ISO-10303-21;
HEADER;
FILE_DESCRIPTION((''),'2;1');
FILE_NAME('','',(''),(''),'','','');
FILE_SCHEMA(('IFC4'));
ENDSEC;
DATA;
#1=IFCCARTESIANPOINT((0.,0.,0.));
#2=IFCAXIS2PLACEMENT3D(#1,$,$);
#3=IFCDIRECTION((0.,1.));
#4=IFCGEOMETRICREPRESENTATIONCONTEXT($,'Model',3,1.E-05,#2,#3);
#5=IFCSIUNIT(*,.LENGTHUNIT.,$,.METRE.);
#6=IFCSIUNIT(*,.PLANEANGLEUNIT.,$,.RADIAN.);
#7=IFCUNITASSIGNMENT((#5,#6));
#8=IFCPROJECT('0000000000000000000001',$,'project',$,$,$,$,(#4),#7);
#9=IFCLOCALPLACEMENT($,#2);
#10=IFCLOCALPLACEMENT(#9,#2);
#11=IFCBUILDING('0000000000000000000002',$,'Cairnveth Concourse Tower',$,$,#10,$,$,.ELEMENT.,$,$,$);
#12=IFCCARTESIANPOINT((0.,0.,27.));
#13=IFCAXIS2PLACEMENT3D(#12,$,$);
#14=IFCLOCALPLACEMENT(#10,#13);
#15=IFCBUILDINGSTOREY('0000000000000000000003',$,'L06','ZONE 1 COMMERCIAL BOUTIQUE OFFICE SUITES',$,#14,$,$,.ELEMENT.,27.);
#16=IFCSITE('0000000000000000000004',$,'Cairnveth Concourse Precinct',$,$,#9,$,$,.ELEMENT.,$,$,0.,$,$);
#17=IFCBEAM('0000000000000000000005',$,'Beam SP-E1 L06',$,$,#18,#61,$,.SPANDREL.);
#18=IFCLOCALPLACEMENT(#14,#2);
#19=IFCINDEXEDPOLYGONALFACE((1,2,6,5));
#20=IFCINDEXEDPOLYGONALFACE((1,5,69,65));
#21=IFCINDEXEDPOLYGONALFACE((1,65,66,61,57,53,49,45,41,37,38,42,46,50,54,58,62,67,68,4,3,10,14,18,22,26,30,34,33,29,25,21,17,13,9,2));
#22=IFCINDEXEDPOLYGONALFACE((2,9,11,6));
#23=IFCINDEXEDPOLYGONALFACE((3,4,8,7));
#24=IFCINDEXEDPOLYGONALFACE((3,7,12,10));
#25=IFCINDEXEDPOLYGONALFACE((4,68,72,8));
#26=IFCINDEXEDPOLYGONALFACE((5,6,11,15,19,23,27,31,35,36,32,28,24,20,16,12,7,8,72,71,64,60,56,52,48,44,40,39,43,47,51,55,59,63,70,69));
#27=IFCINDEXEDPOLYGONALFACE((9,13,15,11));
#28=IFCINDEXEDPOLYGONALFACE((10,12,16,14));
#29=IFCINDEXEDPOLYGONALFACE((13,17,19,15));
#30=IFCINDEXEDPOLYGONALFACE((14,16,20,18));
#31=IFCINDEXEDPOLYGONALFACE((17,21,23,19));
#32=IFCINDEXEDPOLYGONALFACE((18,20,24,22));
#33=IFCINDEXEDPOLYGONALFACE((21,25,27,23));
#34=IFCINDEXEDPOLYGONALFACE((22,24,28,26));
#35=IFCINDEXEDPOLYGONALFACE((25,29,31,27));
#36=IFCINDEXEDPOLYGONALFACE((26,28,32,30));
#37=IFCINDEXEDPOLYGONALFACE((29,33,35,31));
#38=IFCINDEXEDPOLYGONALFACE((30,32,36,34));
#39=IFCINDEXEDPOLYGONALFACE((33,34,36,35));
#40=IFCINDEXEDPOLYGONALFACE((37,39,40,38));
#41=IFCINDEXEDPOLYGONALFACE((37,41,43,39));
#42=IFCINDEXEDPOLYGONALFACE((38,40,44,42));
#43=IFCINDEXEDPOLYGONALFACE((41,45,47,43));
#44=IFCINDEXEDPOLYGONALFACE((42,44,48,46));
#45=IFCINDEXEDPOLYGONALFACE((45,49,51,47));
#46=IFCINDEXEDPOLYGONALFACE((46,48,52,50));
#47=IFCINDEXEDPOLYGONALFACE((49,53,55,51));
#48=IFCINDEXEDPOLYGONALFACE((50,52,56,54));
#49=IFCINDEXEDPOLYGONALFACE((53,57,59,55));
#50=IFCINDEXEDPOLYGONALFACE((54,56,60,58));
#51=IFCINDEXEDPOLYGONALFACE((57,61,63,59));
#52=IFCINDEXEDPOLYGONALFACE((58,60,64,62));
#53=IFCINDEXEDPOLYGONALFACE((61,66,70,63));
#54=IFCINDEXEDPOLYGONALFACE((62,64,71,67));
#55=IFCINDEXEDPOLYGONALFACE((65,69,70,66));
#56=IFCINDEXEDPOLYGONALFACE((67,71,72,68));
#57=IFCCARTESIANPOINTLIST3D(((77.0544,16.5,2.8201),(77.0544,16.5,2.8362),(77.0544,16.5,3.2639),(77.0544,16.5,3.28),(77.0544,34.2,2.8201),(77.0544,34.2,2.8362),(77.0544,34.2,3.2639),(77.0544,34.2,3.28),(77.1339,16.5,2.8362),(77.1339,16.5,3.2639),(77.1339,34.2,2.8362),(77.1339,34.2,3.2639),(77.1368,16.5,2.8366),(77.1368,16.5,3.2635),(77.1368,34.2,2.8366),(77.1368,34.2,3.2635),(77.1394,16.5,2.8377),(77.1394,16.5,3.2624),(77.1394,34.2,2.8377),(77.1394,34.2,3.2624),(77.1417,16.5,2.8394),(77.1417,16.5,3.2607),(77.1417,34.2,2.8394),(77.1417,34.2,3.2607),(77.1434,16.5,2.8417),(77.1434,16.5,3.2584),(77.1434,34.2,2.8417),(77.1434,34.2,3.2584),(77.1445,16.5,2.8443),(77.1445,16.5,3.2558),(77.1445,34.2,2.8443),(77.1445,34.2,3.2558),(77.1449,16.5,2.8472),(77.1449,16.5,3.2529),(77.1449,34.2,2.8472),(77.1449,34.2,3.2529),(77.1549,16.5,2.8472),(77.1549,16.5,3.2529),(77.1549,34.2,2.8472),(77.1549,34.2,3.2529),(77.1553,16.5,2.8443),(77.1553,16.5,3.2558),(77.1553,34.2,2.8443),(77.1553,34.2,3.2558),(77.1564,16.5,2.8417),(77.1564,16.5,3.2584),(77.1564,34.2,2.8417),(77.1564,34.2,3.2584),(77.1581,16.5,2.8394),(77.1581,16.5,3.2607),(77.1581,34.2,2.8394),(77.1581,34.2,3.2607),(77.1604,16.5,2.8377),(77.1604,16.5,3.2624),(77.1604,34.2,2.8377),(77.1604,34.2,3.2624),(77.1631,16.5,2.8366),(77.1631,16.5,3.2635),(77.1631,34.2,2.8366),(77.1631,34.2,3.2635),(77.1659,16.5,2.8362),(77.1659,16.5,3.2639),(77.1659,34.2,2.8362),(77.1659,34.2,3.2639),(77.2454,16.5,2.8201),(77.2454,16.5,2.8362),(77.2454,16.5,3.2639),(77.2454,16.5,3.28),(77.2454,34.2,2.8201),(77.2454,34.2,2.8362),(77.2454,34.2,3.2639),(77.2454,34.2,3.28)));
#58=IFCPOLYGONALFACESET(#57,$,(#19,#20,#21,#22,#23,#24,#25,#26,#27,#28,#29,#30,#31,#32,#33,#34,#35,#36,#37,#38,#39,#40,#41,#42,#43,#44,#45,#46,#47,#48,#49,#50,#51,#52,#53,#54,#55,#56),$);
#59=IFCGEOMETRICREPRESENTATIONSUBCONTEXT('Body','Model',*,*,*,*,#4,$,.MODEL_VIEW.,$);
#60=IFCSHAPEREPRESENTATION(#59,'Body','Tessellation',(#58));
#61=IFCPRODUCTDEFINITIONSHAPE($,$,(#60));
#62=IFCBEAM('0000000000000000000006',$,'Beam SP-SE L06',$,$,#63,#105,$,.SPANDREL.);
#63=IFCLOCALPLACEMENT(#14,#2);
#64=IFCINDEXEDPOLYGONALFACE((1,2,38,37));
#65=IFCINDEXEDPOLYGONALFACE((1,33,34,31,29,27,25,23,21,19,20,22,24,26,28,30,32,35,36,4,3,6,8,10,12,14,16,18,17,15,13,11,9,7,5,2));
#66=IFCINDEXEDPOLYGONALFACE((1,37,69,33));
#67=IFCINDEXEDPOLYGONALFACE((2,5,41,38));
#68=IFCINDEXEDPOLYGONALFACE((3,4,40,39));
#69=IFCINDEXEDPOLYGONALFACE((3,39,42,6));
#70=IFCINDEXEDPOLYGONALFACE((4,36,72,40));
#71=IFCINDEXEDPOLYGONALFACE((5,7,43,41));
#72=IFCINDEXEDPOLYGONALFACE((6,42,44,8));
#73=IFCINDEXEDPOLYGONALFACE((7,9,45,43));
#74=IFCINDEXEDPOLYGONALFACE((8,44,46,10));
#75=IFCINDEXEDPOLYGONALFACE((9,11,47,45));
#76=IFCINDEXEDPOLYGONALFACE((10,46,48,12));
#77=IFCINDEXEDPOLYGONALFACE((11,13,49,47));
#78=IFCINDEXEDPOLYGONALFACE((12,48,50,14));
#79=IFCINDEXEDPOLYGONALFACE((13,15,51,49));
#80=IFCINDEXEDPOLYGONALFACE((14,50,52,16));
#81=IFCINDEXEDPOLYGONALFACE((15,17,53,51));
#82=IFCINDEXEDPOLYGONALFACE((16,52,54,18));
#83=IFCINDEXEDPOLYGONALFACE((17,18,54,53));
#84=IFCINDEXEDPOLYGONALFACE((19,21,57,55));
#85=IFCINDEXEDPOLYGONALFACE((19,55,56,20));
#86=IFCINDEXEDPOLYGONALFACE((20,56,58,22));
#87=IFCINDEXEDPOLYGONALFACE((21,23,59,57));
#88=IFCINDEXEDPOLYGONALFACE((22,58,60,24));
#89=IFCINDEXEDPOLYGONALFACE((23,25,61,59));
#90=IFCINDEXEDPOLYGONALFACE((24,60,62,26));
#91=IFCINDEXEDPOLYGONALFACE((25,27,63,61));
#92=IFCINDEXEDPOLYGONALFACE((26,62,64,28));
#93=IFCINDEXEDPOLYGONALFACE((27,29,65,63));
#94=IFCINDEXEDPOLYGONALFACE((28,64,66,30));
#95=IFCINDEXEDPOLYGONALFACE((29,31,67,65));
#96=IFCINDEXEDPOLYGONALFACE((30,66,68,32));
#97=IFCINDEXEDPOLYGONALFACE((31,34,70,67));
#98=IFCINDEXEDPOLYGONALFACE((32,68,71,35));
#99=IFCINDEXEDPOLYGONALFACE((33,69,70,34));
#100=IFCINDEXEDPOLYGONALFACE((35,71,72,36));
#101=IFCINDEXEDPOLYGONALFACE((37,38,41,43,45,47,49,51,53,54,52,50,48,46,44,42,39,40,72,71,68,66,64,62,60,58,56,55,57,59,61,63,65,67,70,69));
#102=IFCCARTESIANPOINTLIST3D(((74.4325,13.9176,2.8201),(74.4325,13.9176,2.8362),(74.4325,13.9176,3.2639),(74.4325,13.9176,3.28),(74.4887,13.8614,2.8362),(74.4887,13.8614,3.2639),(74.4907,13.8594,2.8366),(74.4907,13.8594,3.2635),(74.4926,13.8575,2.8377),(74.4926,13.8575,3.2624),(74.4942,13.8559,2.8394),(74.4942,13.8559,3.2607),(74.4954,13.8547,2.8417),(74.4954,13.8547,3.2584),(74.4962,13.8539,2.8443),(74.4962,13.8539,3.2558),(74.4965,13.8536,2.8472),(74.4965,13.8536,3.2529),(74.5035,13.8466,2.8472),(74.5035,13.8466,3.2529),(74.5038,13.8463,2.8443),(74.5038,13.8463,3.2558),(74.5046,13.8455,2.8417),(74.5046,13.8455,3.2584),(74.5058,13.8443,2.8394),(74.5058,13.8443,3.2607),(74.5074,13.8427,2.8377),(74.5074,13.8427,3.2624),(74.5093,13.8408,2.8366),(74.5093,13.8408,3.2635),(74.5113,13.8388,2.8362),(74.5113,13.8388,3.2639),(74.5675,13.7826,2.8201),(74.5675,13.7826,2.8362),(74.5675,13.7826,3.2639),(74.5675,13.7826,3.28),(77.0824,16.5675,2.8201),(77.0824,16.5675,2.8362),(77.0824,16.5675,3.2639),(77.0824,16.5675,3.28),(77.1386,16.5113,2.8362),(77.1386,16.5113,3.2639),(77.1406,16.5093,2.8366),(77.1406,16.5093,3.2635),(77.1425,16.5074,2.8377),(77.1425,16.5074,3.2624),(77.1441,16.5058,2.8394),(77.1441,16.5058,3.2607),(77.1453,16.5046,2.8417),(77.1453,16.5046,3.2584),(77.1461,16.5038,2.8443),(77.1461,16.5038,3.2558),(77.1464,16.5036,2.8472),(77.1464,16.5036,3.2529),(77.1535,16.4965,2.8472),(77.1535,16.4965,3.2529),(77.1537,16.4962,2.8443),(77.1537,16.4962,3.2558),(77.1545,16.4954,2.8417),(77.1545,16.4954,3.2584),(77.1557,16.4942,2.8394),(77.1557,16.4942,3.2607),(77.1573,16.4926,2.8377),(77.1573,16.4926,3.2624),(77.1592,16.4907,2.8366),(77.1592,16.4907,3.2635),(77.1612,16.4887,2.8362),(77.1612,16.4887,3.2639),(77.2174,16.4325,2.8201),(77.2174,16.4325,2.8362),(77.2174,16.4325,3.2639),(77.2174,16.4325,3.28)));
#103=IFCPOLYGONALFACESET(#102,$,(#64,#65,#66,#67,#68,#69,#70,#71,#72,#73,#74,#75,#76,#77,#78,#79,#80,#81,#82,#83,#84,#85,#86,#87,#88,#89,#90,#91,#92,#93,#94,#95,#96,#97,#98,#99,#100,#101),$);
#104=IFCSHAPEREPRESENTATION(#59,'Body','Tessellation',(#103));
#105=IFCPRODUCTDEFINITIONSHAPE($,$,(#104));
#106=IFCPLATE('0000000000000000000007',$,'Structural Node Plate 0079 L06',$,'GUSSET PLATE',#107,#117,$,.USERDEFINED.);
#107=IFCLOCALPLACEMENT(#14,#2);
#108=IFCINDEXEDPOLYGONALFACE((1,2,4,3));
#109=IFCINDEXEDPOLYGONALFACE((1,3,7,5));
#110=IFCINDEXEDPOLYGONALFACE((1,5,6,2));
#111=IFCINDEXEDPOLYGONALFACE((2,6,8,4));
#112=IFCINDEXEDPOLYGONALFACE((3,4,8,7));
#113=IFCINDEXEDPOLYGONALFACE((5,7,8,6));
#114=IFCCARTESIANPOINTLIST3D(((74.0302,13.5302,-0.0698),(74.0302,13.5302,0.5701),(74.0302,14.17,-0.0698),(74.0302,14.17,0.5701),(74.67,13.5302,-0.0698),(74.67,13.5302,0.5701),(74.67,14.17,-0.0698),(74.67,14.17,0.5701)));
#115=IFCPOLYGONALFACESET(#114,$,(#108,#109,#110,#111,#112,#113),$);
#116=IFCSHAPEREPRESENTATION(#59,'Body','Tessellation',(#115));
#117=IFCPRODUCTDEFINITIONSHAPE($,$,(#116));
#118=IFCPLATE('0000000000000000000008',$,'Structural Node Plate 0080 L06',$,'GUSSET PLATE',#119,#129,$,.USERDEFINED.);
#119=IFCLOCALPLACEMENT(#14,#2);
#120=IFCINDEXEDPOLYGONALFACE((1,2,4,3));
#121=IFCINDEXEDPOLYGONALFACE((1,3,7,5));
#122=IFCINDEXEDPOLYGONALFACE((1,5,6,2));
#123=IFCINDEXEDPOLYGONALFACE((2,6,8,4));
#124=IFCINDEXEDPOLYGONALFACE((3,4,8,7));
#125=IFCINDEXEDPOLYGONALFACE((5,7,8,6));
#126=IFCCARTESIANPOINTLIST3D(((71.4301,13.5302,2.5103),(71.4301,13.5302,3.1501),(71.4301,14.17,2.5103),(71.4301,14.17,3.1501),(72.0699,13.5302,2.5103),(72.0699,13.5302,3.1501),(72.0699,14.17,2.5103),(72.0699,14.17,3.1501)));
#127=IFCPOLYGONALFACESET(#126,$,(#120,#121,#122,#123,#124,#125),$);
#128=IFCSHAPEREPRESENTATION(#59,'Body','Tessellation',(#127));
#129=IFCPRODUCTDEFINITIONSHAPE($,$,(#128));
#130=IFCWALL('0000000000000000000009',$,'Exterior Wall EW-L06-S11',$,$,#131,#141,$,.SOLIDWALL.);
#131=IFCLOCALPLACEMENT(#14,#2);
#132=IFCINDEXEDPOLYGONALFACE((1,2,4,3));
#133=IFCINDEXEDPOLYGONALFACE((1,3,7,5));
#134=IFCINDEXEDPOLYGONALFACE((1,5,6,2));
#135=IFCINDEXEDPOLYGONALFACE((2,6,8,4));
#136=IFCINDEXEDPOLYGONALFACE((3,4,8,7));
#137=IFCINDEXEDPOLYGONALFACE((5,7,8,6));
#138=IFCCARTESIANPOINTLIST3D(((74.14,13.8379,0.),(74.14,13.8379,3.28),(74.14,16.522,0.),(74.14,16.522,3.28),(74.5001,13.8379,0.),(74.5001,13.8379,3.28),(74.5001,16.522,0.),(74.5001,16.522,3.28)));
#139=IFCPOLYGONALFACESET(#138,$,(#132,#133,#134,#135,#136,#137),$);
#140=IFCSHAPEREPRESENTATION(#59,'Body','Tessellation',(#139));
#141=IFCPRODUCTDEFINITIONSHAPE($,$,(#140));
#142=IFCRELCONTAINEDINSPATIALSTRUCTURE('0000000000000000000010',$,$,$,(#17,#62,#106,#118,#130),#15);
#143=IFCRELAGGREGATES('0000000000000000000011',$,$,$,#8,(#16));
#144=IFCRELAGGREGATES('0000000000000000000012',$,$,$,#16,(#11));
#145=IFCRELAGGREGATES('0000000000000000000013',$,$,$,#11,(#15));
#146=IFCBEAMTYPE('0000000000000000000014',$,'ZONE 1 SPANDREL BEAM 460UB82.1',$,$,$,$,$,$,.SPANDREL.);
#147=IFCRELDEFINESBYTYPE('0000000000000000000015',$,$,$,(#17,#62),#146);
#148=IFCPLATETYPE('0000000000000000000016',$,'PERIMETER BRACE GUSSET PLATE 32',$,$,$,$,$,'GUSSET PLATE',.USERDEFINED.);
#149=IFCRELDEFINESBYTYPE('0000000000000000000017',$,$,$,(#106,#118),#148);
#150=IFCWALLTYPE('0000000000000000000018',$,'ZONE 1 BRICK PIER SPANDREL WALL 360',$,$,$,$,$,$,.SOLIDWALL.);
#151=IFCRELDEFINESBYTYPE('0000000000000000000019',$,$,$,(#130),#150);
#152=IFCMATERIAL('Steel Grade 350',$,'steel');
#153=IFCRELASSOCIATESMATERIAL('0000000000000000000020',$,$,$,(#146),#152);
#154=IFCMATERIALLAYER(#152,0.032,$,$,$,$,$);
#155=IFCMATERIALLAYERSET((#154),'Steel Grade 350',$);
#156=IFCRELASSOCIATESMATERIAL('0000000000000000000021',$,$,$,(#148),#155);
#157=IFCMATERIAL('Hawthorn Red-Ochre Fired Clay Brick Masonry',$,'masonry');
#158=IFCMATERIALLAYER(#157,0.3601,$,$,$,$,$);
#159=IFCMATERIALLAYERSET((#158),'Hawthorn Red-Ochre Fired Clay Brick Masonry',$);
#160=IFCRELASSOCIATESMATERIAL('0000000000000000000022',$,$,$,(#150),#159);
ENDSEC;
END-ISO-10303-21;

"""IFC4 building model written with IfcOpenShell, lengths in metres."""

from ifc_helpers import new_model, si_unit, direction, frame, frame_2d, origin, origin_2d, place, context, subcontext, project, spatial, rectangle, i_section, extrude, material, layer, layer_set, material_profile, profile_set, type_object, element, save


model = new_model("IFC4")

# Units and contexts
model_context = context("Model", 3, precision=1e-05, world=origin(), true_north=direction((0.0, 1.0)))
body_context = subcontext(model_context, "Body", "Model", "MODEL_VIEW")
ifc_project = project(units=[si_unit("LENGTHUNIT", "METRE"), si_unit("PLANEANGLEUNIT", "RADIAN")], contexts=[model_context])

# Site, building, storey
site_placement = place(None, origin())
site = spatial("IfcSite", under=ifc_project, at=site_placement, Name="Cairnveth Concourse Precinct", CompositionType="ELEMENT", RefElevation=0.0)
building_placement = place(site_placement, origin())
building = spatial("IfcBuilding", under=site, at=building_placement, Name="Cairnveth Concourse Tower", CompositionType="ELEMENT")
storey_placement = place(building_placement, frame((0.0, 0.0, 27.0)))
storey = spatial("IfcBuildingStorey", under=building, at=storey_placement, Name="L06", Description="ZONE 1 COMMERCIAL BOUTIQUE OFFICE SUITES", CompositionType="ELEMENT", Elevation=27.0)

# Shared definitions
ifc_material_1 = material(Name="Steel Grade 350", Category="steel")

# Beams
ifc_material_profile_1 = material_profile(ifc_material_1, i_section(OverallWidth=0.1909, OverallDepth=0.46, WebThickness=0.01, FlangeThickness=0.0161, FilletRadius=0.011, at=origin_2d()), Name="460UB82.1")
ifc_profile_set_1 = profile_set([ifc_material_profile_1], Name="Steel Grade 350")
beam_type_1 = type_object("IfcBeamType", Name="ZONE 1 SPANDREL BEAM 460UB82.1", PredefinedType="SPANDREL", material=ifc_profile_set_1)
beam_1_placement = place(storey_placement, frame((77.1499, 16.5, 3.05), z_axis=(0.0, 1.0, 0.0), x_axis=(-1.0, 0.0, 0.0)))
element("IfcBeam", 1, at=beam_1_placement, inside=storey, type_object=beam_type_1, Name="Beam SP-E1 L06", PredefinedType="SPANDREL", context=body_context, shape_type="SweptSolid", body=[
    extrude(i_section(OverallWidth=0.1909, OverallDepth=0.46, WebThickness=0.01, FlangeThickness=0.0161, FilletRadius=0.011, at=origin_2d()), origin(), (0.0, 0.0, 1.0), 17.7),
])
beam_2_placement = place(storey_placement, frame((74.5, 13.8501, 3.05), z_axis=(0.707107, 0.707107, 0.0), x_axis=(-0.707107, 0.707107, 0.0)))
element("IfcBeam", 2, at=beam_2_placement, inside=storey, type_object=beam_type_1, Name="Beam SP-SE L06", PredefinedType="SPANDREL", context=body_context, shape_type="SweptSolid", body=[
    extrude(i_section(OverallWidth=0.1909, OverallDepth=0.46, WebThickness=0.01, FlangeThickness=0.0161, FilletRadius=0.011, at=origin_2d()), origin(), (0.0, 0.0, 1.0), 3.7476),
])

# Plates
ifc_layer_1 = layer(ifc_material_1, 0.032)
ifc_layer_set_1 = layer_set([ifc_layer_1], Name="Steel Grade 350")
plate_type = type_object("IfcPlateType", Name="PERIMETER BRACE GUSSET PLATE 32", ElementType="GUSSET PLATE", PredefinedType="USERDEFINED", material=ifc_layer_set_1)
for number, where, z_axis, x_axis, name in (
    (3, (74.3501, 13.8501, -0.0698), (0.0, 0.0, 1.0), (1.0, 0.0, 0.0), "Structural Node Plate 0079 L06"),
    (4, (71.75, 13.8501, 2.5103), (0.0, 0.0, 1.0), (1.0, 0.0, 0.0), "Structural Node Plate 0080 L06"),
):
    element("IfcPlate", number, at=place(storey_placement, frame(where, z_axis=z_axis, x_axis=x_axis)), inside=storey, type_object=plate_type, Name=name, ObjectType="GUSSET PLATE", PredefinedType="USERDEFINED", context=body_context, shape_type="SweptSolid", body=[
        extrude(rectangle(XDim=0.6399, YDim=0.6399, at=origin_2d()), origin(), (0.0, 0.0, 1.0), 0.6399),
    ])

# Wall
ifc_material_2 = material(Name="Hawthorn Red-Ochre Fired Clay Brick Masonry", Category="masonry")
ifc_layer_2 = layer(ifc_material_2, 0.3601)
ifc_layer_set_2 = layer_set([ifc_layer_2], Name="Hawthorn Red-Ochre Fired Clay Brick Masonry")
wall_type = type_object("IfcWallType", Name="ZONE 1 BRICK PIER SPANDREL WALL 360", PredefinedType="SOLIDWALL", material=ifc_layer_set_2)
wall_1_placement = place(storey_placement, frame((74.3201, 16.522, 0.0), z_axis=(0.0, 0.0, 1.0), x_axis=(0.0, -1.0, 0.0)))
element("IfcWall", 5, at=wall_1_placement, inside=storey, type_object=wall_type, Name="Exterior Wall EW-L06-S11", PredefinedType="SOLIDWALL", context=body_context, shape_type="SweptSolid", body=[
    extrude(rectangle(XDim=2.6841, YDim=0.3601, at=frame_2d((1.342, 0.0))), origin(), (0.0, 0.0, 1.0), 3.28),
])

save(model, "model.ifc")
